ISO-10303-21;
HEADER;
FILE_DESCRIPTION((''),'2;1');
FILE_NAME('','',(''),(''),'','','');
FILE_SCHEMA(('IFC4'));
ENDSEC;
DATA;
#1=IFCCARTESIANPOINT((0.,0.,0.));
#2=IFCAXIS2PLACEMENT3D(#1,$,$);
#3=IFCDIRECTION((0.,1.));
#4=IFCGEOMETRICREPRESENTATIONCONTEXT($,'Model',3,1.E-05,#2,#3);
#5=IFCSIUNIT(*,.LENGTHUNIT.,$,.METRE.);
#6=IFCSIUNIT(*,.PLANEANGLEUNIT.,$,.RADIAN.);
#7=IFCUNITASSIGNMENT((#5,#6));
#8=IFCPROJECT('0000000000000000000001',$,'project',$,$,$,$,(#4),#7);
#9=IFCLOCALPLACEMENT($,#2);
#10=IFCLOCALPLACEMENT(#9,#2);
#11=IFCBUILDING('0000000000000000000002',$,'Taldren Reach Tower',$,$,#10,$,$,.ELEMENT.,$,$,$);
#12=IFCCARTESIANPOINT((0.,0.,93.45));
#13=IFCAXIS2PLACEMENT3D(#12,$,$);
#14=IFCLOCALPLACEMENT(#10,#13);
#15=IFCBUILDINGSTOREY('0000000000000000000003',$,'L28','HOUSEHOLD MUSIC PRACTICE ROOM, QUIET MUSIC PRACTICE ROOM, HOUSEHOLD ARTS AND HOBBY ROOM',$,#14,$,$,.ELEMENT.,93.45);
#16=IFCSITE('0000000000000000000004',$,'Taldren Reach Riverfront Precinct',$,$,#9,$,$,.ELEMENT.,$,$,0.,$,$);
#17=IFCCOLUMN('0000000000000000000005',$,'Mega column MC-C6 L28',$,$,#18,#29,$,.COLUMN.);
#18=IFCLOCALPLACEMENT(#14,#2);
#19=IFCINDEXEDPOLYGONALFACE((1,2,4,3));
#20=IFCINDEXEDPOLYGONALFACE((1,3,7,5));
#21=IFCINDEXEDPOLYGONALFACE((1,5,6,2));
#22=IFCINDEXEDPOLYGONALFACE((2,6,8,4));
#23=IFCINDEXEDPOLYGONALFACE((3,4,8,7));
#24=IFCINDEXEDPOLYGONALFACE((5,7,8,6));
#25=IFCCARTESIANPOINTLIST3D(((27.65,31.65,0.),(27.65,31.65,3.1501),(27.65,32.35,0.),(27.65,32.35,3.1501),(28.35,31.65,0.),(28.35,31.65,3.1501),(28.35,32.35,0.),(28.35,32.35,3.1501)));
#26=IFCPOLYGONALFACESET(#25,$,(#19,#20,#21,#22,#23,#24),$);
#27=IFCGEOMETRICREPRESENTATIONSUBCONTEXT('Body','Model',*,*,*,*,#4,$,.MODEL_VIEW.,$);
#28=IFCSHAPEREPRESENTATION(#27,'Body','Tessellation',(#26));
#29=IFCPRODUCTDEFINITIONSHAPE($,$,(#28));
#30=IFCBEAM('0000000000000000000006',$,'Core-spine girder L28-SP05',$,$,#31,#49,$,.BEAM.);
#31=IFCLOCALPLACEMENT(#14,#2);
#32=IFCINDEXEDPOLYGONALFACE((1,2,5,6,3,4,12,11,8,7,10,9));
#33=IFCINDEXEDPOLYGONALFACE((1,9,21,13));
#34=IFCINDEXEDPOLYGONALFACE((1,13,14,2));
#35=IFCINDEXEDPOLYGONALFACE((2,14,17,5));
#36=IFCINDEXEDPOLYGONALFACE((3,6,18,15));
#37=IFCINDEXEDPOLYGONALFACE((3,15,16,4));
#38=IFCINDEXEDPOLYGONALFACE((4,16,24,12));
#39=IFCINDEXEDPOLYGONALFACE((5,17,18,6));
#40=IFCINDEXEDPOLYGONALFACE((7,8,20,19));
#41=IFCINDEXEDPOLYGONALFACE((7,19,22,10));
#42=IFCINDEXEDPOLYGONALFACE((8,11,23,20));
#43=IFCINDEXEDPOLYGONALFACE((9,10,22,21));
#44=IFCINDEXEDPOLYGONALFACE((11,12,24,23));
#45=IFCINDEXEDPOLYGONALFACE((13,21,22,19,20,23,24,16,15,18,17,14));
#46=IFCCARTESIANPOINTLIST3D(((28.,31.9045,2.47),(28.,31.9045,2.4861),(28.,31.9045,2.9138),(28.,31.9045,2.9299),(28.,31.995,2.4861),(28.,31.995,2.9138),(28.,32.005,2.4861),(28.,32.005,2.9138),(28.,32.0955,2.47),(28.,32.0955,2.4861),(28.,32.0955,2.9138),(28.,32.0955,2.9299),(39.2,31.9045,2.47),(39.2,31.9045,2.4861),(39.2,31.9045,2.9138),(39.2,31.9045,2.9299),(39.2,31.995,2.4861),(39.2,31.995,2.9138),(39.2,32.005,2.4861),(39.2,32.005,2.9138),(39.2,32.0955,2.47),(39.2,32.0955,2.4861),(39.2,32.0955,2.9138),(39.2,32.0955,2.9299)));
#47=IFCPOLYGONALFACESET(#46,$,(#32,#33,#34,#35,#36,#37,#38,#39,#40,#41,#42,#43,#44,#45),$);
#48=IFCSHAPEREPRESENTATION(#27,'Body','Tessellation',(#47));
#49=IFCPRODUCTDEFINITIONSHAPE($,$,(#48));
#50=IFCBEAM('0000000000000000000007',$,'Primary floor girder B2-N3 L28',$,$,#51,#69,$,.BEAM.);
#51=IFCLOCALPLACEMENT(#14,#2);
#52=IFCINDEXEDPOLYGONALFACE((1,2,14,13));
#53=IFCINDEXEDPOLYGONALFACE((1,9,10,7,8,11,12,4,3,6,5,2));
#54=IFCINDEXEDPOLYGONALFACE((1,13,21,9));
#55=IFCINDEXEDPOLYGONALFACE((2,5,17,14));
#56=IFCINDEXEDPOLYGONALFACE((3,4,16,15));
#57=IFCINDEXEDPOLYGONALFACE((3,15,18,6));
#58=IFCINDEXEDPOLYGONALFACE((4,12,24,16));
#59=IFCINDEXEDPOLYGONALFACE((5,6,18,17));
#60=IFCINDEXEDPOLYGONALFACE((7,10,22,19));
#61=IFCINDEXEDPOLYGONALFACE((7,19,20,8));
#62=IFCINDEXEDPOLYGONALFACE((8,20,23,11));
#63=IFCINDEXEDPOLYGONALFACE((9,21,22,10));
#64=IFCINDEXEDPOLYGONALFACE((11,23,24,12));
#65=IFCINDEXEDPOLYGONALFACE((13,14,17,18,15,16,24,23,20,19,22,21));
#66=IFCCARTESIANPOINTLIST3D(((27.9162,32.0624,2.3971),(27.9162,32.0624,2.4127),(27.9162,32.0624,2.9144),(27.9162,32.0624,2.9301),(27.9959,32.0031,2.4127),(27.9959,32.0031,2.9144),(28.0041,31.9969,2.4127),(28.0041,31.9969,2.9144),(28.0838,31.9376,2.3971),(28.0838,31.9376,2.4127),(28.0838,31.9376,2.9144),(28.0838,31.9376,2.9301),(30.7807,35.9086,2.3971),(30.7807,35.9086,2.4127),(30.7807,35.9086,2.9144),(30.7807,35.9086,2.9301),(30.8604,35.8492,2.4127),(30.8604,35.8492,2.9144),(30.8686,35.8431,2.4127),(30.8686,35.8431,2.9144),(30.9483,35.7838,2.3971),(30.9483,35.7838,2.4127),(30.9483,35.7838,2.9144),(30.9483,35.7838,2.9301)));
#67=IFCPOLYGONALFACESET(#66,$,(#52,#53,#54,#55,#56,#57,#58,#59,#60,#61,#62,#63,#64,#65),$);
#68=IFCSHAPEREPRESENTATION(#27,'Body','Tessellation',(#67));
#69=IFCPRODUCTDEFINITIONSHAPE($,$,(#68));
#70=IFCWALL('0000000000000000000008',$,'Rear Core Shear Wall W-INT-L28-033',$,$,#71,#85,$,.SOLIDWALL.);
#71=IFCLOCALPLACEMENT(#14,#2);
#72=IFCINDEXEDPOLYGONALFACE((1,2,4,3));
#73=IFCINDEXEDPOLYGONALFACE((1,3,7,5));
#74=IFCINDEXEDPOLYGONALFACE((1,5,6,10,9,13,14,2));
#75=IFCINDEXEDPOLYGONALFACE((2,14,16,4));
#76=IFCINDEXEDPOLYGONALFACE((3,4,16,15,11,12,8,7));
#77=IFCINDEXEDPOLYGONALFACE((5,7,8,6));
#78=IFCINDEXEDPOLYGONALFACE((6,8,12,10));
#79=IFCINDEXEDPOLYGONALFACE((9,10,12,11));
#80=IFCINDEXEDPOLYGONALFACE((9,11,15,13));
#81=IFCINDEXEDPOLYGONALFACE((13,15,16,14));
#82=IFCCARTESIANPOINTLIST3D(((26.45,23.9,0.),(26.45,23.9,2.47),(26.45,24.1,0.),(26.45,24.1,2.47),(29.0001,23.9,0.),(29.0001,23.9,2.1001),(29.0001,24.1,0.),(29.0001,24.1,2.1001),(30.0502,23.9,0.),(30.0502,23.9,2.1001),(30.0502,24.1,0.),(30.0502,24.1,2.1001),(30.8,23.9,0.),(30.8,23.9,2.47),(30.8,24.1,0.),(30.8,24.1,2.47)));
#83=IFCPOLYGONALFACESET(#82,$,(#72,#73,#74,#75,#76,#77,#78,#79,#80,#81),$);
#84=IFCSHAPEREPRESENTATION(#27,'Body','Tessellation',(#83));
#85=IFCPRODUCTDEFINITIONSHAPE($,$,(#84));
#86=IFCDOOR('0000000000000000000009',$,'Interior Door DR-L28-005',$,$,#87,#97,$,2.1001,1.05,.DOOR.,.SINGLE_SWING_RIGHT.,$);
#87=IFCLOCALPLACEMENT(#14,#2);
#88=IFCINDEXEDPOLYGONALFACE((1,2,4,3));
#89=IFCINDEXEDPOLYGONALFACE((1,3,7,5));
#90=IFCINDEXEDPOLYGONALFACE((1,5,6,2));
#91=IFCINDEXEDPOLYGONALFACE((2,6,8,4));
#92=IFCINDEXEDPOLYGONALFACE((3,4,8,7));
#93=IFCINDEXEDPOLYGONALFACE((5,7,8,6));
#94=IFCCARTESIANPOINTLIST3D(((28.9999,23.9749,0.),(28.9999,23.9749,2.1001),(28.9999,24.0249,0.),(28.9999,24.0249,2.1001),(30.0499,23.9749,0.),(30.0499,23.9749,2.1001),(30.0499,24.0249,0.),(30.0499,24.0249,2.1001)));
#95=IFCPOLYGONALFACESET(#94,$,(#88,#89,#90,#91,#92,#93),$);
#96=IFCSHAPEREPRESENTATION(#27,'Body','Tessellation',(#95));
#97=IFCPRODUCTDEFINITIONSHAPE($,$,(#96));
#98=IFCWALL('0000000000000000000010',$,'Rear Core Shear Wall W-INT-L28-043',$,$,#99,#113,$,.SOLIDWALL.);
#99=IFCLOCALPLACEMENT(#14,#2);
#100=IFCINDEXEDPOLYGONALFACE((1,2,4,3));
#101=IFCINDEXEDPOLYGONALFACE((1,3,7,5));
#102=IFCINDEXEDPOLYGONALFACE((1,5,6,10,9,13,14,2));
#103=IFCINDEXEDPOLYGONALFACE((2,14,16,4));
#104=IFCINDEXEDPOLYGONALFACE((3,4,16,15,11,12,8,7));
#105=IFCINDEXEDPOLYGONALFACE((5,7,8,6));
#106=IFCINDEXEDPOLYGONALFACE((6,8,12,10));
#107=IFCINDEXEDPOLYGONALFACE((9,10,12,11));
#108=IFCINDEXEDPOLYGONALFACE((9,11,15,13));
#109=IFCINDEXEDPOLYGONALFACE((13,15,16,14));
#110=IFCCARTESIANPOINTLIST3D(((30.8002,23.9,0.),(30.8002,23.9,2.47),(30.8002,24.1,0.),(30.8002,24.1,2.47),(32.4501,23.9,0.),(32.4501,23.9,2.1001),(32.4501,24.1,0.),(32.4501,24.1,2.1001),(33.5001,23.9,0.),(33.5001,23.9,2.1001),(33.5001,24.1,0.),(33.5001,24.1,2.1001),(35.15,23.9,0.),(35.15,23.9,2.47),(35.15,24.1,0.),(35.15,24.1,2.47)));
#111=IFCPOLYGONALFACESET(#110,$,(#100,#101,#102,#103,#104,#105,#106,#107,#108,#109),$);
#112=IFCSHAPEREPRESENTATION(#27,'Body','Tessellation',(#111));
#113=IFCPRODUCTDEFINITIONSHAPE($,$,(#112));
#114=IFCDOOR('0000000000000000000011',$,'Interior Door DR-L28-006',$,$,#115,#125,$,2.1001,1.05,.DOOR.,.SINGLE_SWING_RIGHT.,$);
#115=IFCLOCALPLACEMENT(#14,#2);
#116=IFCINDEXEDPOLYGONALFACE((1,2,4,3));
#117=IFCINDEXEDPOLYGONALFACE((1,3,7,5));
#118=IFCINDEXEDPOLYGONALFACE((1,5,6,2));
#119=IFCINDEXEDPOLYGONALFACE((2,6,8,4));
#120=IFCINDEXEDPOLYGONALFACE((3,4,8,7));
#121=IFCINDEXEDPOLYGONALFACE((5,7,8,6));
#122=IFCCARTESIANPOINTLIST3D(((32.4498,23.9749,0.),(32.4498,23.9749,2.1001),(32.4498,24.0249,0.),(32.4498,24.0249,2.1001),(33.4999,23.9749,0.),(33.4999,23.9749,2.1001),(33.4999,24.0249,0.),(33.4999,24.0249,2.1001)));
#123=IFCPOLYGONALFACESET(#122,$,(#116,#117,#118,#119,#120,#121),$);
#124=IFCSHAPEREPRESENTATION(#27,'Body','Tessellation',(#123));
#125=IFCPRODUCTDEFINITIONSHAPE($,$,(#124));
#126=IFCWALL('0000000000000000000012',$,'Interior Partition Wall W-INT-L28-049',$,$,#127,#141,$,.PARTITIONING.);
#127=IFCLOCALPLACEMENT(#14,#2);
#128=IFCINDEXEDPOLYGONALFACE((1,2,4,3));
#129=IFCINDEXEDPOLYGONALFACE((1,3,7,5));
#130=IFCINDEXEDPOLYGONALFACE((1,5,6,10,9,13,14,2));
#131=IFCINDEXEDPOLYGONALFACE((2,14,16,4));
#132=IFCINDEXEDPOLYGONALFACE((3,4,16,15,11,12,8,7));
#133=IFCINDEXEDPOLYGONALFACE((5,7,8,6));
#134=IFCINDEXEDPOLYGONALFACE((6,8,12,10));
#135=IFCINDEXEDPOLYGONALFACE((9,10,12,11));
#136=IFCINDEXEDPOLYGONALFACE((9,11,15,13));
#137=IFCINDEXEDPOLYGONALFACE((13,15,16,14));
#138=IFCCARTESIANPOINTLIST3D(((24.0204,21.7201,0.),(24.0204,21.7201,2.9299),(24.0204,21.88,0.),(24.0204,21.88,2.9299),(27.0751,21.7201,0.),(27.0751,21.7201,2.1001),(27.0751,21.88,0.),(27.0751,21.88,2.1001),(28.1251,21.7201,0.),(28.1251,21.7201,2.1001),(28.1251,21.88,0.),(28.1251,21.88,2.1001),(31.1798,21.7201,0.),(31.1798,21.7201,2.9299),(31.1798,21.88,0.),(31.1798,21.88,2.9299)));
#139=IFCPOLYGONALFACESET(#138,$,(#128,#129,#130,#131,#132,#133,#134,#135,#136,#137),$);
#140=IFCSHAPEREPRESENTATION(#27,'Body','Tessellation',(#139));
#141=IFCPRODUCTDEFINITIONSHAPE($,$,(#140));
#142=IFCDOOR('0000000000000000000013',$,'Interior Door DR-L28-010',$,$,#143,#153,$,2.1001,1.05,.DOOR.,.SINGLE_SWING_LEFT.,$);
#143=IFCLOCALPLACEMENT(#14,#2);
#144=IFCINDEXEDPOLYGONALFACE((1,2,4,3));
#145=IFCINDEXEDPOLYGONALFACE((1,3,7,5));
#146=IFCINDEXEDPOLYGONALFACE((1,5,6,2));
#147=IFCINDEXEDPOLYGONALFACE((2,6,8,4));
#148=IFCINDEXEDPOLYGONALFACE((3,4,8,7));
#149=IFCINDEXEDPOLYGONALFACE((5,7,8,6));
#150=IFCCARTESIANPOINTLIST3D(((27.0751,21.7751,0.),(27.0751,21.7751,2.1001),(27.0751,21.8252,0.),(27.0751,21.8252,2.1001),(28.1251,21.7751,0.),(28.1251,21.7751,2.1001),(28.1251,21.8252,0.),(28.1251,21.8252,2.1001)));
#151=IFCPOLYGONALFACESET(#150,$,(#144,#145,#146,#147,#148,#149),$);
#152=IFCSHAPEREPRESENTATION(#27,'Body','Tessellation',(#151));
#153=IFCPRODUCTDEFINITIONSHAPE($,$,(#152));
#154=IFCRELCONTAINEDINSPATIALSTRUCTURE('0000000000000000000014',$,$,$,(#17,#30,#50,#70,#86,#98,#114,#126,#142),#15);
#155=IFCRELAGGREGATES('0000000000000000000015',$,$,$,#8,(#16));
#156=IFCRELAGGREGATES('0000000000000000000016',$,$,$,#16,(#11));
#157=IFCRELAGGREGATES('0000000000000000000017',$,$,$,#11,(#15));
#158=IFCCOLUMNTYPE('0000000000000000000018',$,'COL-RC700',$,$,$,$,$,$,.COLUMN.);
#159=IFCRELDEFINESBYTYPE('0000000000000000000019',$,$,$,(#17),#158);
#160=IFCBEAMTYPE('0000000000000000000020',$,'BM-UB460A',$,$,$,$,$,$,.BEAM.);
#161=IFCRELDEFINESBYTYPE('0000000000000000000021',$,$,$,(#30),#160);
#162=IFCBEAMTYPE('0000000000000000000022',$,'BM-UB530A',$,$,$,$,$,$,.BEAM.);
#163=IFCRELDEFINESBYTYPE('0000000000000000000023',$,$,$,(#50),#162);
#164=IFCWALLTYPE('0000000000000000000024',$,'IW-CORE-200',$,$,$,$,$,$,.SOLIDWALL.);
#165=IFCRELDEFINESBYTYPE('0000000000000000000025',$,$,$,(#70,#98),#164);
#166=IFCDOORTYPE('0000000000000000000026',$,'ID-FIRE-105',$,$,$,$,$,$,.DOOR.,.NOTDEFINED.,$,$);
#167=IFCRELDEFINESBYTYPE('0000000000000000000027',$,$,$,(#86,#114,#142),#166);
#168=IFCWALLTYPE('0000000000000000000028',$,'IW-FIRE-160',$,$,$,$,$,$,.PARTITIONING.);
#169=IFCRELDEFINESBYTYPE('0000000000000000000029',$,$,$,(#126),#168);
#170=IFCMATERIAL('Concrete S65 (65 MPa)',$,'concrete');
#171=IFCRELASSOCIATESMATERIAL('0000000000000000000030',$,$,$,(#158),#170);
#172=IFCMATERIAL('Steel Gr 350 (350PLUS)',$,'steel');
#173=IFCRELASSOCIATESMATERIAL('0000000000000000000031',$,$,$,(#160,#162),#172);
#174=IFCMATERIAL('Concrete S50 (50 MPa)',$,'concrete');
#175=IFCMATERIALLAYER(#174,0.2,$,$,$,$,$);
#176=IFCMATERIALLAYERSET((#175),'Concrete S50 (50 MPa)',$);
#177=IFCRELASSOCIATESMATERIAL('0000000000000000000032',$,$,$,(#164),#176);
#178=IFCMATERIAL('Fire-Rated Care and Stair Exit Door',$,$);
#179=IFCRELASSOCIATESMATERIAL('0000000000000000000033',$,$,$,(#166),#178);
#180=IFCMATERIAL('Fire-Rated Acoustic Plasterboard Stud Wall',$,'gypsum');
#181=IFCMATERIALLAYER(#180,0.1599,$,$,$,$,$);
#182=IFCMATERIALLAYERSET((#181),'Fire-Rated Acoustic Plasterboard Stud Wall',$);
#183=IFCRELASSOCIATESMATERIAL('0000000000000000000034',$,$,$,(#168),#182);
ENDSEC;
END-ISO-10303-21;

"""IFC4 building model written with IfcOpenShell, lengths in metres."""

from ifc_helpers import new_model, si_unit, direction, frame, frame_2d, origin, origin_2d, place, context, subcontext, project, spatial, rectangle, i_section, extrude, source, transform, mapped, material, layer, layer_set, material_profile, profile_set, type_object, element, fill, save


model = new_model("IFC4")

# Units and contexts
model_context = context("Model", 3, precision=1e-05, world=origin(), true_north=direction((0.0, 1.0)))
body_context = subcontext(model_context, "Body", "Model", "MODEL_VIEW")
ifc_project = project(units=[si_unit("LENGTHUNIT", "METRE"), si_unit("PLANEANGLEUNIT", "RADIAN")], contexts=[model_context])

# Site, building, storey
site_placement = place(None, origin())
site = spatial("IfcSite", under=ifc_project, at=site_placement, Name="Taldren Reach Riverfront Precinct", CompositionType="ELEMENT", RefElevation=0.0)
building_placement = place(site_placement, origin())
building = spatial("IfcBuilding", under=site, at=building_placement, Name="Taldren Reach Tower", CompositionType="ELEMENT")
storey_placement = place(building_placement, frame((0.0, 0.0, 93.45)))
storey = spatial("IfcBuildingStorey", under=building, at=storey_placement, Name="L28", Description="HOUSEHOLD MUSIC PRACTICE ROOM, QUIET MUSIC PRACTICE ROOM, HOUSEHOLD ARTS AND HOBBY ROOM", CompositionType="ELEMENT", Elevation=93.45)

# Column
ifc_material_1 = material(Name="Concrete S65 (65 MPa)", Category="concrete")
ifc_material_profile_1 = material_profile(ifc_material_1, rectangle(XDim=0.7, YDim=0.7, at=origin_2d()), Name="RC-700x700")
ifc_profile_set_1 = profile_set([ifc_material_profile_1], Name="Concrete S65 (65 MPa)")
column_type = type_object("IfcColumnType", Name="COL-RC700", PredefinedType="COLUMN", material=ifc_profile_set_1)
shared_shape_1 = source(origin(), body_context, "Body", "SweptSolid", [
    extrude(rectangle(XDim=0.7, YDim=0.7, at=origin_2d()), origin(), (0.0, 0.0, 1.0), 3.1501),
])
column_placement = place(storey_placement, frame((28.0, 32.0, 0.0), z_axis=(0.0, 0.0, 1.0), x_axis=(1.0, 0.0, 0.0)))
element("IfcColumn", 1, at=column_placement, inside=storey, type_object=column_type, Name="Mega column MC-C6 L28", PredefinedType="COLUMN", context=body_context, shape_type="MappedRepresentation", body=[
    mapped(shared_shape_1, transform((0.0, 0.0, 0.0), scale=1.0)),
])

# Beams
ifc_material_2 = material(Name="Steel Gr 350 (350PLUS)", Category="steel")
ifc_material_profile_2 = material_profile(ifc_material_2, i_section(OverallWidth=0.1909, OverallDepth=0.46, WebThickness=0.01, FlangeThickness=0.0161, at=origin_2d()), Name="460UB82.1")
ifc_profile_set_2 = profile_set([ifc_material_profile_2], Name="Steel Gr 350 (350PLUS)")
beam_type_1 = type_object("IfcBeamType", Name="BM-UB460A", PredefinedType="BEAM", material=ifc_profile_set_2)
shared_shape_2 = source(origin(), body_context, "Body", "SweptSolid", [
    extrude(i_section(OverallWidth=0.1909, OverallDepth=0.46, WebThickness=0.01, FlangeThickness=0.0161, at=origin_2d()), origin(), (0.0, 0.0, 1.0), 11.2),
])
beam_1_placement = place(storey_placement, frame((28.0, 32.0, 2.7), z_axis=(1.0, 0.0, 0.0), x_axis=(0.0, 1.0, 0.0)))
element("IfcBeam", 2, at=beam_1_placement, inside=storey, type_object=beam_type_1, Name="Core-spine girder L28-SP05", PredefinedType="BEAM", context=body_context, shape_type="MappedRepresentation", body=[
    mapped(shared_shape_2, transform((0.0, 0.0, 0.0), scale=1.0)),
])
ifc_material_profile_3 = material_profile(ifc_material_2, i_section(OverallWidth=0.209, OverallDepth=0.533, WebThickness=0.0103, FlangeThickness=0.0156, at=origin_2d()), Name="530UB92.4")
ifc_profile_set_3 = profile_set([ifc_material_profile_3], Name="Steel Gr 350 (350PLUS)")
beam_type_2 = type_object("IfcBeamType", Name="BM-UB530A", PredefinedType="BEAM", material=ifc_profile_set_3)
shared_shape_3 = source(origin(), body_context, "Body", "SweptSolid", [
    extrude(i_section(OverallWidth=0.209, OverallDepth=0.533, WebThickness=0.0103, FlangeThickness=0.0156, at=origin_2d()), origin(), (0.0, 0.0, 1.0), 4.7957),
])
beam_2_placement = place(storey_placement, frame((28.0, 32.0, 2.6636), z_axis=(0.597309, 0.802011, 0.0), x_axis=(-0.802011, 0.597309, 0.0)))
element("IfcBeam", 3, at=beam_2_placement, inside=storey, type_object=beam_type_2, Name="Primary floor girder B2-N3 L28", PredefinedType="BEAM", context=body_context, shape_type="MappedRepresentation", body=[
    mapped(shared_shape_3, transform((0.0, 0.0, 0.0), scale=1.0)),
])

# Walls, openings, doors
ifc_material_3 = material(Name="Concrete S50 (50 MPa)", Category="concrete")
ifc_layer_1 = layer(ifc_material_3, 0.2)
ifc_layer_set_1 = layer_set([ifc_layer_1], Name="Concrete S50 (50 MPa)")
wall_type_1 = type_object("IfcWallType", Name="IW-CORE-200", PredefinedType="SOLIDWALL", material=ifc_layer_set_1)
shared_shape_4 = source(origin(), body_context, "Body", "SweptSolid", [
    extrude(rectangle(XDim=4.3501, YDim=0.2, at=frame_2d((2.175, 0.0))), origin(), (0.0, 0.0, 1.0), 2.47),
])
wall_1_placement = place(storey_placement, frame((30.8, 24.0, 0.0), z_axis=(0.0, 0.0, 1.0), x_axis=(-1.0, 0.0, 0.0)))
wall_1 = element("IfcWall", 4, at=wall_1_placement, inside=storey, type_object=wall_type_1, Name="Rear Core Shear Wall W-INT-L28-033", PredefinedType="SOLIDWALL", context=body_context, shape_type="MappedRepresentation", body=[
    mapped(shared_shape_4, transform((0.0, 0.0, 0.0), scale=1.0)),
])
shared_shape_5 = source(origin(), body_context, "Body", "SweptSolid", [
    extrude(rectangle(XDim=1.05, YDim=2.1001, at=frame_2d((0.5249, 1.05))), frame((0.0, 0.1099, 0.0), z_axis=(0.0, -1.0, 0.0), x_axis=(1.0, 0.0, 0.0)), (0.0, 0.0, 1.0), 0.22),
])
opening_1_placement = place(wall_1_placement, frame((0.75, 0.0, 0.0)))
opening_1 = element("IfcOpeningElement", 5, at=opening_1_placement, cuts=wall_1, PredefinedType="OPENING", context=body_context, shape_type="MappedRepresentation", body=[
    mapped(shared_shape_5, transform((0.0, 0.0, 0.0), scale=1.0)),
])
ifc_material_4 = material(Name="Fire-Rated Care and Stair Exit Door")
door_type_1 = type_object("IfcDoorType", Name="ID-FIRE-105", OperationType="NOTDEFINED", PredefinedType="DOOR", material=ifc_material_4)
shared_shape_6 = source(origin(), body_context, "Body", "SweptSolid", [
    extrude(rectangle(XDim=1.05, YDim=2.1001, at=frame_2d((0.5249, 1.05))), frame((0.0, 0.0249, 0.0), z_axis=(0.0, -1.0, 0.0), x_axis=(1.0, 0.0, 0.0)), (0.0, 0.0, 1.0), 0.05),
])
door_1_placement = place(opening_1_placement, frame((1.05, 0.0, 0.0), z_axis=(0.0, 0.0, 1.0), x_axis=(-1.0, 0.0, 0.0)))
door_1 = element("IfcDoor", 6, at=door_1_placement, inside=storey, type_object=door_type_1, Name="Interior Door DR-L28-005", OperationType="SINGLE_SWING_RIGHT", OverallHeight=2.1001, OverallWidth=1.05, PredefinedType="DOOR", context=body_context, shape_type="MappedRepresentation", body=[
    mapped(shared_shape_6, transform((0.0, 0.0, 0.0), scale=1.0)),
])
fill(opening_1, door_1)
shared_shape_7 = source(origin(), body_context, "Body", "SweptSolid", [
    extrude(rectangle(XDim=4.3499, YDim=0.2, at=frame_2d((2.1748, 0.0))), origin(), (0.0, 0.0, 1.0), 2.47),
])
wall_2_placement = place(storey_placement, frame((35.1499, 24.0, 0.0), z_axis=(0.0, 0.0, 1.0), x_axis=(-1.0, 0.0, 0.0)))
wall_2 = element("IfcWall", 7, at=wall_2_placement, inside=storey, type_object=wall_type_1, Name="Rear Core Shear Wall W-INT-L28-043", PredefinedType="SOLIDWALL", context=body_context, shape_type="MappedRepresentation", body=[
    mapped(shared_shape_7, transform((0.0, 0.0, 0.0), scale=1.0)),
])
opening_2_placement = place(wall_2_placement, frame((1.6499, 0.0, 0.0)))
opening_2 = element("IfcOpeningElement", 8, at=opening_2_placement, cuts=wall_2, PredefinedType="OPENING", context=body_context, shape_type="MappedRepresentation", body=[
    mapped(shared_shape_5, transform((0.0, 0.0, 0.0), scale=1.0)),
])
door_2_placement = place(opening_2_placement, frame((1.05, 0.0, 0.0), z_axis=(0.0, 0.0, 1.0), x_axis=(-1.0, 0.0, 0.0)))
door_2 = element("IfcDoor", 9, at=door_2_placement, inside=storey, type_object=door_type_1, Name="Interior Door DR-L28-006", OperationType="SINGLE_SWING_RIGHT", OverallHeight=2.1001, OverallWidth=1.05, PredefinedType="DOOR", context=body_context, shape_type="MappedRepresentation", body=[
    mapped(shared_shape_6, transform((0.0, 0.0, 0.0), scale=1.0)),
])
fill(opening_2, door_2)
ifc_material_5 = material(Name="Fire-Rated Acoustic Plasterboard Stud Wall", Category="gypsum")
ifc_layer_2 = layer(ifc_material_5, 0.1599)
ifc_layer_set_2 = layer_set([ifc_layer_2], Name="Fire-Rated Acoustic Plasterboard Stud Wall")
wall_type_2 = type_object("IfcWallType", Name="IW-FIRE-160", PredefinedType="PARTITIONING", material=ifc_layer_set_2)
shared_shape_8 = source(origin(), body_context, "Body", "SweptSolid", [
    extrude(rectangle(XDim=7.1594, YDim=0.1599, at=frame_2d((3.5796, 0.0))), origin(), (0.0, 0.0, 1.0), 2.9299),
])
wall_3_placement = place(storey_placement, frame((31.1797, 21.8, 0.0), z_axis=(0.0, 0.0, 1.0), x_axis=(-1.0, 0.0, 0.0)))
wall_3 = element("IfcWall", 10, at=wall_3_placement, inside=storey, type_object=wall_type_2, Name="Interior Partition Wall W-INT-L28-049", PredefinedType="PARTITIONING", context=body_context, shape_type="MappedRepresentation", body=[
    mapped(shared_shape_8, transform((0.0, 0.0, 0.0), scale=1.0)),
])
shared_shape_9 = source(origin(), body_context, "Body", "SweptSolid", [
    extrude(rectangle(XDim=1.05, YDim=2.1001, at=frame_2d((0.5249, 1.05))), frame((0.0, 0.0898, 0.0), z_axis=(0.0, -1.0, 0.0), x_axis=(1.0, 0.0, 0.0)), (0.0, 0.0, 1.0), 0.1799),
])
opening_3_placement = place(wall_3_placement, frame((3.0547, 0.0, 0.0)))
opening_3 = element("IfcOpeningElement", 11, at=opening_3_placement, cuts=wall_3, PredefinedType="OPENING", context=body_context, shape_type="MappedRepresentation", body=[
    mapped(shared_shape_9, transform((0.0, 0.0, 0.0), scale=1.0)),
])
door_3_placement = place(opening_3_placement, origin())
door_3 = element("IfcDoor", 12, at=door_3_placement, inside=storey, type_object=door_type_1, Name="Interior Door DR-L28-010", OperationType="SINGLE_SWING_LEFT", OverallHeight=2.1001, OverallWidth=1.05, PredefinedType="DOOR", context=body_context, shape_type="MappedRepresentation", body=[
    mapped(shared_shape_6, transform((0.0, 0.0, 0.0), scale=1.0)),
])
fill(opening_3, door_3)

save(model, "model.ifc")
